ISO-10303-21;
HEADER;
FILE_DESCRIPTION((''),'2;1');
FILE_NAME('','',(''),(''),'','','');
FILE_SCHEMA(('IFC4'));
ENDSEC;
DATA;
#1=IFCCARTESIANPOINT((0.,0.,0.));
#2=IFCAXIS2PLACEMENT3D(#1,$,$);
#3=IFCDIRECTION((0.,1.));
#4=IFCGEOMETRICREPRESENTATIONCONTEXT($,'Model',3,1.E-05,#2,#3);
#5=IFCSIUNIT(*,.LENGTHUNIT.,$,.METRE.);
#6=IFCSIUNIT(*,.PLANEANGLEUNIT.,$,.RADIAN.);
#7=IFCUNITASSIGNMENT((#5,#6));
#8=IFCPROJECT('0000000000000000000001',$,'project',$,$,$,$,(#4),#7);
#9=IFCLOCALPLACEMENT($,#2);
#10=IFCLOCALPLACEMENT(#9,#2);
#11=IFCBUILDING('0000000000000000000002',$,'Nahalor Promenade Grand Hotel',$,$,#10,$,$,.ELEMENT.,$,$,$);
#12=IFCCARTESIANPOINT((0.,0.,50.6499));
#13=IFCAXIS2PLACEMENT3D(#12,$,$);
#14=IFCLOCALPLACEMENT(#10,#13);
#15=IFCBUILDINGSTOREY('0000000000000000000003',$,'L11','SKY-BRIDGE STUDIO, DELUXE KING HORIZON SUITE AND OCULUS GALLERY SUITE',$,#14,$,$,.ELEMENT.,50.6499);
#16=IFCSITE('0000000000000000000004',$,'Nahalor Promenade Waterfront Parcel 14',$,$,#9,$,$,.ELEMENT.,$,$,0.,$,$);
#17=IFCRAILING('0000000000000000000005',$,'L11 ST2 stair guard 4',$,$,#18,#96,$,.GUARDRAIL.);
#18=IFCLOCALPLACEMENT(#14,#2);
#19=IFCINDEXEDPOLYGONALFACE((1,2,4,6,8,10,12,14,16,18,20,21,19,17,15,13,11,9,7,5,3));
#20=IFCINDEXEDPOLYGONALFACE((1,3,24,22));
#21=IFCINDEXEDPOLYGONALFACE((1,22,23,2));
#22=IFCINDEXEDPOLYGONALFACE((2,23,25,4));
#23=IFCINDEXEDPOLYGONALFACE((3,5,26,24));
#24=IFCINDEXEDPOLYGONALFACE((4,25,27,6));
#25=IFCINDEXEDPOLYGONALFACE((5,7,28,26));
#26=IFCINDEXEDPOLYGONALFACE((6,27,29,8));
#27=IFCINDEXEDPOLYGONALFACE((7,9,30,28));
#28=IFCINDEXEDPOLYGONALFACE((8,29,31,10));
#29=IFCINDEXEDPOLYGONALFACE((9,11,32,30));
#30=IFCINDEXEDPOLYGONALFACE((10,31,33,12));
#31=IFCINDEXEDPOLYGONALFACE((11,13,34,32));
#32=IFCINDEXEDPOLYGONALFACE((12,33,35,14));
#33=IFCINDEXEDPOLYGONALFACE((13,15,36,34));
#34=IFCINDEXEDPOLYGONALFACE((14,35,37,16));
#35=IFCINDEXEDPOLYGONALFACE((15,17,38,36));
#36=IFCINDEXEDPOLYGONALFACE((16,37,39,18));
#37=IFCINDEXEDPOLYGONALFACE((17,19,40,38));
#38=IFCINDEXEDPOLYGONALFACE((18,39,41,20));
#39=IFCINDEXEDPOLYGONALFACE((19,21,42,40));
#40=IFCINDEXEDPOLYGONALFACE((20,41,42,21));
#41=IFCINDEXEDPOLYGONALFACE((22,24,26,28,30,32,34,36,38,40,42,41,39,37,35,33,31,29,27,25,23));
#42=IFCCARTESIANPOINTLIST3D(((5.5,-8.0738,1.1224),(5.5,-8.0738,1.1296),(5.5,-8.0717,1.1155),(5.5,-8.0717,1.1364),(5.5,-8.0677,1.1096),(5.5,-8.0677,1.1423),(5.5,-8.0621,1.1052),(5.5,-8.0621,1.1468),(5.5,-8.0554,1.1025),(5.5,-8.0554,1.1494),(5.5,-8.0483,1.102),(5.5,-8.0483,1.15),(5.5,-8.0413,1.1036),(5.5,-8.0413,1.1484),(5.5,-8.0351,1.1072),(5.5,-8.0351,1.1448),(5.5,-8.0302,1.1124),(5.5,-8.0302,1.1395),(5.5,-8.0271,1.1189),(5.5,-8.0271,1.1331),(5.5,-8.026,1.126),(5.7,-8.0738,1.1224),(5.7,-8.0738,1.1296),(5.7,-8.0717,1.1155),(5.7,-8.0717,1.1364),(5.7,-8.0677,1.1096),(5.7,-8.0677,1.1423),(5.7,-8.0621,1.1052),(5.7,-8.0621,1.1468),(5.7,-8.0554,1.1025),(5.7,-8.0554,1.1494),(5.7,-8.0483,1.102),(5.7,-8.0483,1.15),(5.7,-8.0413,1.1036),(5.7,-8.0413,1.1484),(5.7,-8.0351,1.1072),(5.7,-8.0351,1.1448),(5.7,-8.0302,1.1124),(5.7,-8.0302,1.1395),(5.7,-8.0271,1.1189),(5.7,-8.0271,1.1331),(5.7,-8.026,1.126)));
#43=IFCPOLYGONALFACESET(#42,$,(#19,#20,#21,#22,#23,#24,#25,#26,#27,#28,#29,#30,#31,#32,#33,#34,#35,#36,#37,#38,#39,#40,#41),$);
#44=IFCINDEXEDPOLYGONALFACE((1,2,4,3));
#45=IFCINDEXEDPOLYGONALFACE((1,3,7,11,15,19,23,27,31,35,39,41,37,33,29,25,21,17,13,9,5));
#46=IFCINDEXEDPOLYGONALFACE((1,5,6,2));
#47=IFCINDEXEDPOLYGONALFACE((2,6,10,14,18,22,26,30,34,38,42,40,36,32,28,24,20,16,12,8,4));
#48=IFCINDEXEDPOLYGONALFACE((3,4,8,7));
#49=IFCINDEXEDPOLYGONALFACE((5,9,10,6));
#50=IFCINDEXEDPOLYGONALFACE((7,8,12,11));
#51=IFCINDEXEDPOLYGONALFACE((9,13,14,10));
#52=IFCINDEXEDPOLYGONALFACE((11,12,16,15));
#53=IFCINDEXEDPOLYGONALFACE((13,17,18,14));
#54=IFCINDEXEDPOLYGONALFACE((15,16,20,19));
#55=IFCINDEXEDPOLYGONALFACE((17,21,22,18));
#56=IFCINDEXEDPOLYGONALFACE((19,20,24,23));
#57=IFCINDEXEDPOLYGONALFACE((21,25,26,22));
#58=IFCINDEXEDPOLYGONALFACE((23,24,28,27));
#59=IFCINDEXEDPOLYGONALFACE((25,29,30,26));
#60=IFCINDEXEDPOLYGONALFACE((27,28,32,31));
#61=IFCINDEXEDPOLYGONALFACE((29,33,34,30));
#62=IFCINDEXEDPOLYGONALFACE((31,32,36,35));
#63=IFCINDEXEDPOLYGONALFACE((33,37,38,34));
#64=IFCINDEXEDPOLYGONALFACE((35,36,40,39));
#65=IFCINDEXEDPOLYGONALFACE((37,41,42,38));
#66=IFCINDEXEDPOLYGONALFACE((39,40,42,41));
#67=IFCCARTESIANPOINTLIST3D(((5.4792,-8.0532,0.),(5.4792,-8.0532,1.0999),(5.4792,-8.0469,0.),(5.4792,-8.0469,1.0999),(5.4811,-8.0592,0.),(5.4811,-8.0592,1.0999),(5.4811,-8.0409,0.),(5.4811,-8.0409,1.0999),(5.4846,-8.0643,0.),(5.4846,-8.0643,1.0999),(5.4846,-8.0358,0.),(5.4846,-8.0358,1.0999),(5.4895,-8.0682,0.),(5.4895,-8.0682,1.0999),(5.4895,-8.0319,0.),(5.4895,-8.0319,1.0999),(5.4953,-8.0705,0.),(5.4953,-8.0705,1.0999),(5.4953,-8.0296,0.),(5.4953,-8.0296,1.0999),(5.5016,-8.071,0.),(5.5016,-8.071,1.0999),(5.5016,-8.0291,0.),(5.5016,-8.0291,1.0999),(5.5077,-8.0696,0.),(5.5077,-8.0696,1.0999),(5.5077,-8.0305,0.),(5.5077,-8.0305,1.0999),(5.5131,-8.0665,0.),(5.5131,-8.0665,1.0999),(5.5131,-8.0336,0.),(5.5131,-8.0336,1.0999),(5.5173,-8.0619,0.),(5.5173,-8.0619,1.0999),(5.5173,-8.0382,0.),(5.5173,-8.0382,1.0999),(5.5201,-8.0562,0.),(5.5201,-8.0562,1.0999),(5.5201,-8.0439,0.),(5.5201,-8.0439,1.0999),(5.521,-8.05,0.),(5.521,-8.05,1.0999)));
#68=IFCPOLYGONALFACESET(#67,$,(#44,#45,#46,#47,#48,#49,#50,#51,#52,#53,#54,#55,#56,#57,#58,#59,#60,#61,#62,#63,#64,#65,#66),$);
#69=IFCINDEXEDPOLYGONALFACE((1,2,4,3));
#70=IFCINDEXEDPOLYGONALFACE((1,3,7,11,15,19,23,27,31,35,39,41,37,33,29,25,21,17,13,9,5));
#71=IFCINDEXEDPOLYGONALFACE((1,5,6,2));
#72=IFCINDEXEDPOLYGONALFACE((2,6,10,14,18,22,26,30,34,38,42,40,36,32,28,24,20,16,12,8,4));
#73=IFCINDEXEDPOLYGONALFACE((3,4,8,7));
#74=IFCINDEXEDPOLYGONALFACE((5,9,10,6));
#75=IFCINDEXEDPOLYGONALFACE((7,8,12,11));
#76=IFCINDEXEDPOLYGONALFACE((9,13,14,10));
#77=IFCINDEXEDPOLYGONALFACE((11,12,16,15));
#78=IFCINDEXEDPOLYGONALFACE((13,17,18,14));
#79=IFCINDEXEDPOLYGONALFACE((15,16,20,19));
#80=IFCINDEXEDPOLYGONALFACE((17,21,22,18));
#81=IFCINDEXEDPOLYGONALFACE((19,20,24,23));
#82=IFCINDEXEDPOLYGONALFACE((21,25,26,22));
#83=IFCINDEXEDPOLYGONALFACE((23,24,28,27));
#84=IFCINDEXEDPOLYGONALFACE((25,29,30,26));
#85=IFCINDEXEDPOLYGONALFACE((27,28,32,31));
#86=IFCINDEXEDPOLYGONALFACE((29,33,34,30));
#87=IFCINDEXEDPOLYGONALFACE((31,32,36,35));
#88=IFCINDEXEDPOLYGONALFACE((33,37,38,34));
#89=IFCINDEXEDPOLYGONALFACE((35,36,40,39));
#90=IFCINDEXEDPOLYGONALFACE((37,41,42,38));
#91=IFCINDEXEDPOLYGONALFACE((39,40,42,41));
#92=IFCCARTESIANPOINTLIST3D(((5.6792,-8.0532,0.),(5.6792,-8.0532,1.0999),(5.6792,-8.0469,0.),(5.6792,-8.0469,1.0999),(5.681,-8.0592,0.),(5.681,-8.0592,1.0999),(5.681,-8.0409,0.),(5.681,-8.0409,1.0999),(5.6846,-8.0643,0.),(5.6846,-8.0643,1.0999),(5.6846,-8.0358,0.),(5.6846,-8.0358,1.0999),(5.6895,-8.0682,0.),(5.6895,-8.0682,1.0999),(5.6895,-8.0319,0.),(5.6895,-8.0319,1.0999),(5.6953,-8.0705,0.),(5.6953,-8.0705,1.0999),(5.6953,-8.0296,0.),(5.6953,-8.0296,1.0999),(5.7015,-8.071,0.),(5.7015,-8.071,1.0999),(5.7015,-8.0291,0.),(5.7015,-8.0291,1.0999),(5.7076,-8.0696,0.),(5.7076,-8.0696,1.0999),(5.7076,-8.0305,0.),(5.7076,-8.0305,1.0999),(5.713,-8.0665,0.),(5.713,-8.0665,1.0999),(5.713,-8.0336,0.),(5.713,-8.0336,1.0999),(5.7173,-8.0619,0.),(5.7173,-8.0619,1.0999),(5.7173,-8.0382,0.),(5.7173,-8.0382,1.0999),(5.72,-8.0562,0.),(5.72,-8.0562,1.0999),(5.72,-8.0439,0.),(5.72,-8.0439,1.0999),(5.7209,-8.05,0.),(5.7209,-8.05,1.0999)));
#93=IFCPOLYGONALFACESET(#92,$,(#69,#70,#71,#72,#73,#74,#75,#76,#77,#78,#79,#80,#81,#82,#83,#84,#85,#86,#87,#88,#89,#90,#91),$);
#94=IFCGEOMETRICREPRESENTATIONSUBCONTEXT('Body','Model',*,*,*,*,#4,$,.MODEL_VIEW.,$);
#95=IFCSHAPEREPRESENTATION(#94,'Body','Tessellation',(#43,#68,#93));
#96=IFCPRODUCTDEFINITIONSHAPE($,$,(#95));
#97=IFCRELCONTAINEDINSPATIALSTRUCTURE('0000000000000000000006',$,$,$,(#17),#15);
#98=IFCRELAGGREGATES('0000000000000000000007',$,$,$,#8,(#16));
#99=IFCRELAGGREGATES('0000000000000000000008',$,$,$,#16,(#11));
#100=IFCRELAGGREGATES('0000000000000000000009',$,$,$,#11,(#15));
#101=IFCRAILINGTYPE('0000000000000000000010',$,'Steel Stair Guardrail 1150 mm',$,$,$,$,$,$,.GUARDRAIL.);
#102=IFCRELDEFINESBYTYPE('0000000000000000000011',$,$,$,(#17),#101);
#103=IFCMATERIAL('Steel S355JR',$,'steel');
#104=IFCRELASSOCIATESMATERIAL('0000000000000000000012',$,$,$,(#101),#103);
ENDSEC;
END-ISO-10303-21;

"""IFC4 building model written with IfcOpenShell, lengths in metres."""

from ifc_helpers import new_model, si_unit, direction, frame, origin, origin_2d, place, context, subcontext, project, spatial, circle, extrude, material, type_object, element, save


model = new_model("IFC4")

# Units and contexts
model_context = context("Model", 3, precision=1e-05, world=origin(), true_north=direction((0.0, 1.0)))
body_context = subcontext(model_context, "Body", "Model", "MODEL_VIEW")
ifc_project = project(units=[si_unit("LENGTHUNIT", "METRE"), si_unit("PLANEANGLEUNIT", "RADIAN")], contexts=[model_context])

# Site, building, storey
site_placement = place(None, origin())
site = spatial("IfcSite", under=ifc_project, at=site_placement, Name="Nahalor Promenade Waterfront Parcel 14", CompositionType="ELEMENT", RefElevation=0.0)
building_placement = place(site_placement, origin())
building = spatial("IfcBuilding", under=site, at=building_placement, Name="Nahalor Promenade Grand Hotel", CompositionType="ELEMENT")
storey_placement = place(building_placement, frame((0.0, 0.0, 50.6499)))
storey = spatial("IfcBuildingStorey", under=building, at=storey_placement, Name="L11", Description="SKY-BRIDGE STUDIO, DELUXE KING HORIZON SUITE AND OCULUS GALLERY SUITE", CompositionType="ELEMENT", Elevation=50.6499)

# Shared definitions
ifc_material_1 = material(Name="Steel S355JR", Category="steel")

# Railing
railing_type_1 = type_object("IfcRailingType", Name="Steel Stair Guardrail 1150 mm", PredefinedType="GUARDRAIL", material=ifc_material_1)
railing_1_placement = place(storey_placement, frame((5.5, -8.05, 0.0)))
element("IfcRailing", 1, at=railing_1_placement, inside=storey, type_object=railing_type_1, Name="L11 ST2 stair guard 4", PredefinedType="GUARDRAIL", context=body_context, shape_type="SweptSolid", body=[
    extrude(circle(Radius=0.024, at=origin_2d()), frame((0.0, 0.0, 1.126), z_axis=(1.0, 0.0, 0.0), x_axis=(0.0, 1.0, 0.0)), (0.0, 0.0, 1.0), 0.2),
    extrude(circle(Radius=0.021, at=origin_2d()), origin(), (0.0, 0.0, 1.0), 1.0999),
    extrude(circle(Radius=0.021, at=origin_2d()), frame((0.2, 0.0, 0.0)), (0.0, 0.0, 1.0), 1.0999),
])

save(model, "model.ifc")
